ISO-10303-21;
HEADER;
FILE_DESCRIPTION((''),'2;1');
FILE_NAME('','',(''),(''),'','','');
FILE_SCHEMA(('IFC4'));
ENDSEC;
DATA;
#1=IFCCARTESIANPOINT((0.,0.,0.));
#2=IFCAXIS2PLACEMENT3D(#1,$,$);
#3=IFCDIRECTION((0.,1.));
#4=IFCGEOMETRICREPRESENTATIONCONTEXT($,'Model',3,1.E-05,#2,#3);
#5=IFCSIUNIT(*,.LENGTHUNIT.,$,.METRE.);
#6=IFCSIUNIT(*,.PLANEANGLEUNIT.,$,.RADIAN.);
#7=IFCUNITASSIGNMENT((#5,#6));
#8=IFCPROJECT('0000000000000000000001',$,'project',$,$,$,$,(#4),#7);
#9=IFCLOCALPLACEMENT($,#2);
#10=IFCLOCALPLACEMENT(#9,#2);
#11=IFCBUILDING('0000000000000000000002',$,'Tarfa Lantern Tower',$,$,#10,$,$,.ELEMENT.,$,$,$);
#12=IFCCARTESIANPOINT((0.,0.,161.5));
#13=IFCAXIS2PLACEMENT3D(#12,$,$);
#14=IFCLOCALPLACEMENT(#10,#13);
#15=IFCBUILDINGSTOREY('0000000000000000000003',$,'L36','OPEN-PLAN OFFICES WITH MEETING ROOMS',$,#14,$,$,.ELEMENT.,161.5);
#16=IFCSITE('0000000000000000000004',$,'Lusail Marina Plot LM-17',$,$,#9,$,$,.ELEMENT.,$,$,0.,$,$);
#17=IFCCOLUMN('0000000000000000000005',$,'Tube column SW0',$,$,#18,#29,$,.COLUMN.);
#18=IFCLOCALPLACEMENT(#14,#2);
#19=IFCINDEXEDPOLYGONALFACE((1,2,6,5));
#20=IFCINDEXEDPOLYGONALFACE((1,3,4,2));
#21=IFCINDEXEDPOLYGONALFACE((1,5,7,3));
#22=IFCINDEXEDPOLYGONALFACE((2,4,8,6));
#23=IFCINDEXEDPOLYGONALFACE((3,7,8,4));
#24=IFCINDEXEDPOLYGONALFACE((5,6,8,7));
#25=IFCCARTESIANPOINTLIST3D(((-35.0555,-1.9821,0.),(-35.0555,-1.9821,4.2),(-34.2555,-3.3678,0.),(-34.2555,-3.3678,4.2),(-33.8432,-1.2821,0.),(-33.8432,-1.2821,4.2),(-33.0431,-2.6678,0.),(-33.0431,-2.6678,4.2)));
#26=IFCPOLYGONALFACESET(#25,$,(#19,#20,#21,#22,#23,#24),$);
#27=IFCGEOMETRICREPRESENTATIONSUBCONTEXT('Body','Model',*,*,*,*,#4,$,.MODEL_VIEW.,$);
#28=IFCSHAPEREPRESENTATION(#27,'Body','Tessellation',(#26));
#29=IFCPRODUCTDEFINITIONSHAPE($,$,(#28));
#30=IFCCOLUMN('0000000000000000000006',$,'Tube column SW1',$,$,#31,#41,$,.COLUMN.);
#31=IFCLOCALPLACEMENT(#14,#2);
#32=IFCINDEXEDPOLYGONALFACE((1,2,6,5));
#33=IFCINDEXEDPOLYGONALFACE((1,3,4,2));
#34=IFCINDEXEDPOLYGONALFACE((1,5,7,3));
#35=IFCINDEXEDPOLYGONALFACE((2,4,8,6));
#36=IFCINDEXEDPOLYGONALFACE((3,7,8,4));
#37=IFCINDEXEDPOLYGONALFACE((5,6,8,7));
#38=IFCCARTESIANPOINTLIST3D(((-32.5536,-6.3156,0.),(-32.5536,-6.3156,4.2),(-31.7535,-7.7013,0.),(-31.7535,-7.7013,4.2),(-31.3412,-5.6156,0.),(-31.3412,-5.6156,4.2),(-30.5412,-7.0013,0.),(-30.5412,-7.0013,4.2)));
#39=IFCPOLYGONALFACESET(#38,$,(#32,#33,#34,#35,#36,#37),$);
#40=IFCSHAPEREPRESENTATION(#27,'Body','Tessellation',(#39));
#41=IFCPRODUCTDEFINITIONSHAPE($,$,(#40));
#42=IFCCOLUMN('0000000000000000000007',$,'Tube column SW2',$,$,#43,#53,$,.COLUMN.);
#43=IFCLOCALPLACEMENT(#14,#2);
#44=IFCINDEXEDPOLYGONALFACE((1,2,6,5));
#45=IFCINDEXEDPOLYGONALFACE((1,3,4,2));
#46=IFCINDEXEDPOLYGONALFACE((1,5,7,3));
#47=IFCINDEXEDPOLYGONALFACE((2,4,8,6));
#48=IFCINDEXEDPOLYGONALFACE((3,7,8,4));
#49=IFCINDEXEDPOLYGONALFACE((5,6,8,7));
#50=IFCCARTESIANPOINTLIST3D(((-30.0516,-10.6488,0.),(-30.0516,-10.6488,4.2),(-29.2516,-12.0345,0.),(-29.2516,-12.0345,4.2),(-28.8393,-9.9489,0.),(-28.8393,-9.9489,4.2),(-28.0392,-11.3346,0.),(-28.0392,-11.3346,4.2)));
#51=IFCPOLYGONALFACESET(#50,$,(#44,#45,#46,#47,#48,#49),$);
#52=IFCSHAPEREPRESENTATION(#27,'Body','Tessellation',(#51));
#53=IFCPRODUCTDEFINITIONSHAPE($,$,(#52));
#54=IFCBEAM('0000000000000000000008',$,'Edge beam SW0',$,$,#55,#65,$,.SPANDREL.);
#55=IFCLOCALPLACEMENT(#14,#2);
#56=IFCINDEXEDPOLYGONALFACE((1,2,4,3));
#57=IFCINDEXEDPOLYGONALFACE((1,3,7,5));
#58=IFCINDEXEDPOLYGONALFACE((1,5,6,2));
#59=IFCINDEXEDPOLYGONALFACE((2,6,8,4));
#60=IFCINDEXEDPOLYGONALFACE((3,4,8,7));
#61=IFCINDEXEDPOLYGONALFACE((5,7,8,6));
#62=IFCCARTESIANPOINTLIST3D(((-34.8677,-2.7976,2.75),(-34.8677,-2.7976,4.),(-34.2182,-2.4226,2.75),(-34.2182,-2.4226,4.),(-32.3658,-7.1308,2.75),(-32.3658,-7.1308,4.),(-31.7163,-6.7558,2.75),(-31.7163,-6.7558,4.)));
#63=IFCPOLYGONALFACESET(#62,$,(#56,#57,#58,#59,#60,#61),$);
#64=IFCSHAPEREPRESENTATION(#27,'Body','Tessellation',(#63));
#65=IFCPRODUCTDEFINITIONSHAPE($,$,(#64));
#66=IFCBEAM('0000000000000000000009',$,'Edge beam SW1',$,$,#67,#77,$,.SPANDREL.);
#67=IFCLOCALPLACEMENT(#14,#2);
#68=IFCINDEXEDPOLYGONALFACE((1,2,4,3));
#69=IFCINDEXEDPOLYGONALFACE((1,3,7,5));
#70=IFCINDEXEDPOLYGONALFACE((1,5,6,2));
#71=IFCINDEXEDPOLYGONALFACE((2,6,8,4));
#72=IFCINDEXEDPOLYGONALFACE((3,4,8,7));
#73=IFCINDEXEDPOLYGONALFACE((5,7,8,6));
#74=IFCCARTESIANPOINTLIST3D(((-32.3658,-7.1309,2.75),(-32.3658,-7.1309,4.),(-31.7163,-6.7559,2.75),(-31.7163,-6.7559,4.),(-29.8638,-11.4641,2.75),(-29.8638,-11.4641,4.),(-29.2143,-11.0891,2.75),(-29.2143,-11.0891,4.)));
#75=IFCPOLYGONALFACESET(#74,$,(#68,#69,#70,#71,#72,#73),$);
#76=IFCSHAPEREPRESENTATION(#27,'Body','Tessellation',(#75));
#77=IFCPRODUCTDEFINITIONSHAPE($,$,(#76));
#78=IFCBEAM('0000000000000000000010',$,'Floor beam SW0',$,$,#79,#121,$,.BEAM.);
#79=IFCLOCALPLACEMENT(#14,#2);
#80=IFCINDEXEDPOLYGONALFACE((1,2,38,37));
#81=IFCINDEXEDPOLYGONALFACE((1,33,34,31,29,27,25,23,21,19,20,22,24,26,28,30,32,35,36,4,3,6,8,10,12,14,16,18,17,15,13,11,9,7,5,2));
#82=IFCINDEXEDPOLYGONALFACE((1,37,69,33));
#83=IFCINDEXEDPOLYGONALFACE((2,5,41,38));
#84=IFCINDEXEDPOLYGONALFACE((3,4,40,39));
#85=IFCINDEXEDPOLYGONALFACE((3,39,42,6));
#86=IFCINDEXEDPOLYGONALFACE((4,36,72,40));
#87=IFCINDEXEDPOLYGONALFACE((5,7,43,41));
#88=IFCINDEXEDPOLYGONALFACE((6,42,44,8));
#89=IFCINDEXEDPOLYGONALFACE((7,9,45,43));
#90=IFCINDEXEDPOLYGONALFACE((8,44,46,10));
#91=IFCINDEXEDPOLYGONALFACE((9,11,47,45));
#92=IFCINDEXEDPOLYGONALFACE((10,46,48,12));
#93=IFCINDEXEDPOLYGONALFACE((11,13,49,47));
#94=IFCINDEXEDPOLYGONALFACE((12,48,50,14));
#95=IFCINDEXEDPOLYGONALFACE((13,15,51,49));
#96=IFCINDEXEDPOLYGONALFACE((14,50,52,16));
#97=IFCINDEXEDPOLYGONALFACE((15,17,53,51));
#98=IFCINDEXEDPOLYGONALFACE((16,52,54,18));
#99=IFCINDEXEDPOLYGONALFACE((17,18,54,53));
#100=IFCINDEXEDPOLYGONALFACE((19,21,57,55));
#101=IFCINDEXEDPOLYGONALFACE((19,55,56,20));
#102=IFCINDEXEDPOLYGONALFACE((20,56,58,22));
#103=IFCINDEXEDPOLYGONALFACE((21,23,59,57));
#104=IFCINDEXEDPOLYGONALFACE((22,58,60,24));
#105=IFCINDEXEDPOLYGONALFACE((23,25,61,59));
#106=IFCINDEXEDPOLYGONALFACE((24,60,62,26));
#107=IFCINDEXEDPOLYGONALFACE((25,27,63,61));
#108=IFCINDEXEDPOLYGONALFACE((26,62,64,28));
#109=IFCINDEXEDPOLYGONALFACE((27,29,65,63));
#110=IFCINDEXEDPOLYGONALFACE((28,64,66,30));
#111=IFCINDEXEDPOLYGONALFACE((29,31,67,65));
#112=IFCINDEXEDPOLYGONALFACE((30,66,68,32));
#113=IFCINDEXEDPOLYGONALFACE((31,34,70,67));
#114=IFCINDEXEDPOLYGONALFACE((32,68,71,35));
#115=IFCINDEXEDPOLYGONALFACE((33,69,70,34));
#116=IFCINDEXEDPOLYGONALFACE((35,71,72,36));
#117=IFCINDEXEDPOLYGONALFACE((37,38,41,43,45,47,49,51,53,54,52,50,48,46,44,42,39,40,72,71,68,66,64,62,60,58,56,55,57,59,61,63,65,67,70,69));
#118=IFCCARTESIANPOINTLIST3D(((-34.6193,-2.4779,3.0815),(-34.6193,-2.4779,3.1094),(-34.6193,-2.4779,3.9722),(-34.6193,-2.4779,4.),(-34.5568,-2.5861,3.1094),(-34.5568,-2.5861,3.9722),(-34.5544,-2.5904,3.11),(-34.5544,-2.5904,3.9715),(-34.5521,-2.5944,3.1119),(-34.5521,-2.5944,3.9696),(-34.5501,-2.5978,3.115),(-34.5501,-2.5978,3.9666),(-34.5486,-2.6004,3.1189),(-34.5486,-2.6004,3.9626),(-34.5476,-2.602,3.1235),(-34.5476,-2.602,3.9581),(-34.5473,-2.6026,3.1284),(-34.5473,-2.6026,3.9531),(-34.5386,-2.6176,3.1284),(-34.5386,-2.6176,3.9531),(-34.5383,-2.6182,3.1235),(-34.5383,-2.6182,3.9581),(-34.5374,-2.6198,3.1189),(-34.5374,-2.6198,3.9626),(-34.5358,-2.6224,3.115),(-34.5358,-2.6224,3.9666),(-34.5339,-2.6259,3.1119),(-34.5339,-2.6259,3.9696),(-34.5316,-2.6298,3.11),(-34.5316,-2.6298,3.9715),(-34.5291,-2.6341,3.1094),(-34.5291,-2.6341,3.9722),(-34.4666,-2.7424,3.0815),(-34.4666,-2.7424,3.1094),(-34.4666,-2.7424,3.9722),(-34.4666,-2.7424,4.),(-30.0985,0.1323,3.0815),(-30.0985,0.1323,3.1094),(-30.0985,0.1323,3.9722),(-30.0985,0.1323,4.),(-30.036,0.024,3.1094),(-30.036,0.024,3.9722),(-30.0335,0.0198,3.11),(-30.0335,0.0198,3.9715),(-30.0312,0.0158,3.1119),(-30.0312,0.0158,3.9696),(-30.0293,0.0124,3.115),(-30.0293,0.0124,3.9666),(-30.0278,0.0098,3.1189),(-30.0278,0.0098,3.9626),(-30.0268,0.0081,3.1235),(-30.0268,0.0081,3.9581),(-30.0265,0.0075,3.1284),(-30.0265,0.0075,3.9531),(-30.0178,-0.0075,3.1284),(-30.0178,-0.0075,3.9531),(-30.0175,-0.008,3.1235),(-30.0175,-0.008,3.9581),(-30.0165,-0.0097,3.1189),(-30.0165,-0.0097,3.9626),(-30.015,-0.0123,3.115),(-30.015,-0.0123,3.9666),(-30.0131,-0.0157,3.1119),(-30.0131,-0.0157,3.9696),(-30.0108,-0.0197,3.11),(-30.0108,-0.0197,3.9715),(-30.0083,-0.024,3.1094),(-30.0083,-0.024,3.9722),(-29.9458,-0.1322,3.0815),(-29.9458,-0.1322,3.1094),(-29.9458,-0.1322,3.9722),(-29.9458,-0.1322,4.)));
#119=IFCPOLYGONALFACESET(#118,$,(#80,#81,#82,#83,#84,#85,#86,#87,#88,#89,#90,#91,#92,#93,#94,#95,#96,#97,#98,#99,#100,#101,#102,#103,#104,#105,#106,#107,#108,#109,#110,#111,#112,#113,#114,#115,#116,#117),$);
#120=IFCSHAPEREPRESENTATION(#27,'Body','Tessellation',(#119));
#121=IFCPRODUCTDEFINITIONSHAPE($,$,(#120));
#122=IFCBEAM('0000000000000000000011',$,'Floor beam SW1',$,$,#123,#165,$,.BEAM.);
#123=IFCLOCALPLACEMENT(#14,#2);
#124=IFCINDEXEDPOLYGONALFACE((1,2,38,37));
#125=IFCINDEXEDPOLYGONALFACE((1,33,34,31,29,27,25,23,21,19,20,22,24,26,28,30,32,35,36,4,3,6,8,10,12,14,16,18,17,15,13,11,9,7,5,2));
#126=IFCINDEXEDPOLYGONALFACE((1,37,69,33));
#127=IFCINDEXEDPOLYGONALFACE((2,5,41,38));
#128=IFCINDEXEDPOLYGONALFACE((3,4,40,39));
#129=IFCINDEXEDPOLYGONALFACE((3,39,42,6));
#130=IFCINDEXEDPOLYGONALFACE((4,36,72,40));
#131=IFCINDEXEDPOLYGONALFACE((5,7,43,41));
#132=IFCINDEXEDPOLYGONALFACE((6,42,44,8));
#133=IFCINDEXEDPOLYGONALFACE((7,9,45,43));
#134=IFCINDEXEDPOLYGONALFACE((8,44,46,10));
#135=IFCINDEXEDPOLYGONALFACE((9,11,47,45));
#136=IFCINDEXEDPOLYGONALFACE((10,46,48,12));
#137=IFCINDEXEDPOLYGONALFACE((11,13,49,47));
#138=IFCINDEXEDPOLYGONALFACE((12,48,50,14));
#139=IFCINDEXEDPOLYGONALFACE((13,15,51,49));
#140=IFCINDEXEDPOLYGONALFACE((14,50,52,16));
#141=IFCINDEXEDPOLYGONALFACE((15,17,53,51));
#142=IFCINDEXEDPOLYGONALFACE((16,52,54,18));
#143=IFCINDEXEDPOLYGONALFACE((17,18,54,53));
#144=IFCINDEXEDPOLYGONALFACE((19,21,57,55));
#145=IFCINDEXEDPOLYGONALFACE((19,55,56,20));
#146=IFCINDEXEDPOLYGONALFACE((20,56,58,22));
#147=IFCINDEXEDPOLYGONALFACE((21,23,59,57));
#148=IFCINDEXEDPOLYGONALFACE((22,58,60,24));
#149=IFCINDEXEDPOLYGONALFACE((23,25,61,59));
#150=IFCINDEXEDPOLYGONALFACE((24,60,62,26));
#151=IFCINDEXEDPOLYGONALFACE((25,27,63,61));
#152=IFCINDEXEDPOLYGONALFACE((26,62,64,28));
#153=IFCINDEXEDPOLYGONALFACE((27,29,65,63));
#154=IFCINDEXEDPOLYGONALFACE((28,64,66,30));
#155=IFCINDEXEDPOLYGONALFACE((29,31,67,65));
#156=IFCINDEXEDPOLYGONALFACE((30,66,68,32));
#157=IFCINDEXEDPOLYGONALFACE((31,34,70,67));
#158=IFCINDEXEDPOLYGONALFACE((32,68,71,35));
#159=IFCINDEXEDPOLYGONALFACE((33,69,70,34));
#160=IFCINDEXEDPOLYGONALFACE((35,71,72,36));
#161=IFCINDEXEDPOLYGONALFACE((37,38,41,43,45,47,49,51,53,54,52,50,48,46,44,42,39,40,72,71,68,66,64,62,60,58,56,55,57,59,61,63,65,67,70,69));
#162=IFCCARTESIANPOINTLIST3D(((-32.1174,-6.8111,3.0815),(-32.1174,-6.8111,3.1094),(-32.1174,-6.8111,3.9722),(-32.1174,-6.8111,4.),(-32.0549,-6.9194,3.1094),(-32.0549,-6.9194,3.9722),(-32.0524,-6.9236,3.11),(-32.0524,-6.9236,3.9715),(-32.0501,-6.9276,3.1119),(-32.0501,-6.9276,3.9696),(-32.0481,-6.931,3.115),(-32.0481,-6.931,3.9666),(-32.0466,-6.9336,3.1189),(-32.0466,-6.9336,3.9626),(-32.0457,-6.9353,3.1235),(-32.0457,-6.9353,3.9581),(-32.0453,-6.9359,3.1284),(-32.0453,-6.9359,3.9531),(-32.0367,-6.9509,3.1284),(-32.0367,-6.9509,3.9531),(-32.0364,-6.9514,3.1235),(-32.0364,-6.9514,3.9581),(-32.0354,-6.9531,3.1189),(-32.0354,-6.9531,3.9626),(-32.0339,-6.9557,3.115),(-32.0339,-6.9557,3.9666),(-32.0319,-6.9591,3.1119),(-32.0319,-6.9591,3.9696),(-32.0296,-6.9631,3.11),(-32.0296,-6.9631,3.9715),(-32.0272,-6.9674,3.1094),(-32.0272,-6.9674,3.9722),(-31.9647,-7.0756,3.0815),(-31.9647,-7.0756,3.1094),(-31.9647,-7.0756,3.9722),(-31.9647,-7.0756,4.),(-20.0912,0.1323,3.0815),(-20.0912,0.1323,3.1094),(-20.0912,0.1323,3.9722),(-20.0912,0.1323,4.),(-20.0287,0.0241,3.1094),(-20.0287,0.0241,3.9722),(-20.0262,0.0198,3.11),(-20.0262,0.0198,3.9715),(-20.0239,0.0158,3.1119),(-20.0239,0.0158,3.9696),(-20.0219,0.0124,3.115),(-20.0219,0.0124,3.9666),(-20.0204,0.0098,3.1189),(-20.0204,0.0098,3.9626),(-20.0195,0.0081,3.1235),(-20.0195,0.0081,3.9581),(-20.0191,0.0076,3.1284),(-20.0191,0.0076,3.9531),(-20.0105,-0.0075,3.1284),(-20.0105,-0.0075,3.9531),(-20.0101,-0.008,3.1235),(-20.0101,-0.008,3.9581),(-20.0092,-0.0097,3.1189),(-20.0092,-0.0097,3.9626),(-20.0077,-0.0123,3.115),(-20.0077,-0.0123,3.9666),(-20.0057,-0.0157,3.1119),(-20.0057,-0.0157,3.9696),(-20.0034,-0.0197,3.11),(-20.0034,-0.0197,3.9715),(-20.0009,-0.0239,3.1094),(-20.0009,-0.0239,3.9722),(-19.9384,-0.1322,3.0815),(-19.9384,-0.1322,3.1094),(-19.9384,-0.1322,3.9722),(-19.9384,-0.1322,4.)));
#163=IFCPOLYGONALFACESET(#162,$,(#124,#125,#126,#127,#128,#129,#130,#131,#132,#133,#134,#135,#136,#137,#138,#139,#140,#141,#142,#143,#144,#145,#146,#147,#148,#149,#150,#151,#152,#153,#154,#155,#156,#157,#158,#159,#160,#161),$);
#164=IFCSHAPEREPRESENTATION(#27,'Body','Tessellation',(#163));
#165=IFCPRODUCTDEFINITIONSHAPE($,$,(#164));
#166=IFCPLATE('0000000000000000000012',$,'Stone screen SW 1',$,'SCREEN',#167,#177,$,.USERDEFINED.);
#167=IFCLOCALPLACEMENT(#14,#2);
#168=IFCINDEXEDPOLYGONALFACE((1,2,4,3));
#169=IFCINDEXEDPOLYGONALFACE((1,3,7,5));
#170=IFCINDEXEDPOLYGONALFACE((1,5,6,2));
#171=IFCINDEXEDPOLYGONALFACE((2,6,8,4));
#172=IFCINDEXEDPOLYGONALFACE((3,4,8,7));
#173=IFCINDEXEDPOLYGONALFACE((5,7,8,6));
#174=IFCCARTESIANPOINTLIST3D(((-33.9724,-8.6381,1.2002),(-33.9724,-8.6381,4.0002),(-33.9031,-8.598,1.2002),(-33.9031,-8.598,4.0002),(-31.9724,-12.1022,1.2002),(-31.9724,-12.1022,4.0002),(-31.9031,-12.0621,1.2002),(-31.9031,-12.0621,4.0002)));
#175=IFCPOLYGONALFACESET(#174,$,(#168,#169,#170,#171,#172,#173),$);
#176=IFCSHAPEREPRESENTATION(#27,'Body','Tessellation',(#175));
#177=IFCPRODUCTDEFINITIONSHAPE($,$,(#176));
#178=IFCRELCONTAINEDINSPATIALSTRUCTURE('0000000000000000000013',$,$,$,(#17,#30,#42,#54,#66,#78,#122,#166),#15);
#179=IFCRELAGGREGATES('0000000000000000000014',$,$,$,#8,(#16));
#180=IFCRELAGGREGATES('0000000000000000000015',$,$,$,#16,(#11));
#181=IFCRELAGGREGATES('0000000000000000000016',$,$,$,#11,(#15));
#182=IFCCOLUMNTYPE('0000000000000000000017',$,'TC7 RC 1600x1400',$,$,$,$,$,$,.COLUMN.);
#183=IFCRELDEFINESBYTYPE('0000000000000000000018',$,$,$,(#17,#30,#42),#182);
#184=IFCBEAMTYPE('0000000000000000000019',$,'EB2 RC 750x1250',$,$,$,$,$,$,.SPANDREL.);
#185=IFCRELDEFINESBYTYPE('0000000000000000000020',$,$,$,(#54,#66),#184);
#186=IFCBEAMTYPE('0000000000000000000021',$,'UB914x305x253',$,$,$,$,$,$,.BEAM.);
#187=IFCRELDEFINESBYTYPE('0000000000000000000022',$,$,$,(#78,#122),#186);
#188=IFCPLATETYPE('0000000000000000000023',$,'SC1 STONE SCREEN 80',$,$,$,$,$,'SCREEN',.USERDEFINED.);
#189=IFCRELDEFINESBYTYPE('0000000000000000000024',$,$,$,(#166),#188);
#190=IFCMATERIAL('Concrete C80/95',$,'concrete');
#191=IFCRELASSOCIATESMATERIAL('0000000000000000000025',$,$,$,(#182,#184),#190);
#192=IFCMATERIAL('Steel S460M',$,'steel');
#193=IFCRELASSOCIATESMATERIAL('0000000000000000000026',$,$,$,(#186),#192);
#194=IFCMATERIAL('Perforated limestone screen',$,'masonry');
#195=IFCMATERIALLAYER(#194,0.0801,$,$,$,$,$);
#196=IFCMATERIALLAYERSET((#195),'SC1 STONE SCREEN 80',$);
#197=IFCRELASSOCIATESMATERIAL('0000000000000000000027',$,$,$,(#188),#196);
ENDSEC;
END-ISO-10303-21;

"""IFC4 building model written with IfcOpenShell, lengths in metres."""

from ifc_helpers import new_model, si_unit, direction, frame, origin, origin_2d, place, context, subcontext, project, spatial, rectangle, i_section, extrude, material, layer, layer_set, material_profile, profile_set, type_object, element, save


model = new_model("IFC4")

# Units and contexts
model_context = context("Model", 3, precision=1e-05, world=origin(), true_north=direction((0.0, 1.0)))
body_context = subcontext(model_context, "Body", "Model", "MODEL_VIEW")
ifc_project = project(units=[si_unit("LENGTHUNIT", "METRE"), si_unit("PLANEANGLEUNIT", "RADIAN")], contexts=[model_context])

# Site, building, storey
site_placement = place(None, origin())
site = spatial("IfcSite", under=ifc_project, at=site_placement, Name="Lusail Marina Plot LM-17", CompositionType="ELEMENT", RefElevation=0.0)
building_placement = place(site_placement, origin())
building = spatial("IfcBuilding", under=site, at=building_placement, Name="Tarfa Lantern Tower", CompositionType="ELEMENT")
storey_placement = place(building_placement, frame((0.0, 0.0, 161.5)))
storey = spatial("IfcBuildingStorey", under=building, at=storey_placement, Name="L36", Description="OPEN-PLAN OFFICES WITH MEETING ROOMS", CompositionType="ELEMENT", Elevation=161.5)

# Columns
ifc_material_1 = material(Name="Concrete C80/95", Category="concrete")
ifc_material_profile_1 = material_profile(ifc_material_1, rectangle(XDim=1.6001, YDim=1.3999, at=origin_2d()), Name="RC 1600x1400")
ifc_profile_set_1 = profile_set([ifc_material_profile_1], Name="Concrete C80/95")
column_type = type_object("IfcColumnType", Name="TC7 RC 1600x1400", PredefinedType="COLUMN", material=ifc_profile_set_1)
for number, where, z_axis, x_axis, name in (
    (1, (-34.0493, -2.325, 0.0), (0.0, 0.0, 1.0), (0.5, -0.866025, 0.0), "Tube column SW0"),
    (2, (-31.5474, -6.6584, 0.0), (0.0, 0.0, 1.0), (0.5, -0.866025, 0.0), "Tube column SW1"),
    (3, (-29.0454, -10.9917, 0.0), (0.0, 0.0, 1.0), (0.5, -0.866025, 0.0), "Tube column SW2"),
):
    element("IfcColumn", number, at=place(storey_placement, frame(where, z_axis=z_axis, x_axis=x_axis)), inside=storey, type_object=column_type, Name=name, PredefinedType="COLUMN", context=body_context, shape_type="SweptSolid", body=[
        extrude(rectangle(XDim=1.6001, YDim=1.3999, at=origin_2d()), origin(), (0.0, 0.0, 1.0), 4.2),
    ])

# Beams
ifc_material_profile_2 = material_profile(ifc_material_1, rectangle(XDim=0.75, YDim=1.25, at=origin_2d()), Name="RC 750x1250")
ifc_profile_set_2 = profile_set([ifc_material_profile_2], Name="Concrete C80/95")
beam_type_1 = type_object("IfcBeamType", Name="EB2 RC 750x1250", PredefinedType="SPANDREL", material=ifc_profile_set_2)
for number, where, z_axis, x_axis, name in (
    (4, (-34.543, -2.6101, 3.375), (0.500022, -0.866013, 0.0), (0.866013, 0.500022, 0.0), "Edge beam SW0"),
    (5, (-32.041, -6.9434, 3.375), (0.500022, -0.866013, 0.0), (0.866013, 0.500022, 0.0), "Edge beam SW1"),
):
    element("IfcBeam", number, at=place(storey_placement, frame(where, z_axis=z_axis, x_axis=x_axis)), inside=storey, type_object=beam_type_1, Name=name, PredefinedType="SPANDREL", context=body_context, shape_type="SweptSolid", body=[
        extrude(rectangle(XDim=0.75, YDim=1.25, at=origin_2d()), origin(), (0.0, 0.0, 1.0), 5.0037),
    ])
ifc_material_2 = material(Name="Steel S460M", Category="steel")
ifc_material_profile_3 = material_profile(ifc_material_2, i_section(OverallWidth=0.3054, OverallDepth=0.9185, WebThickness=0.0173, FlangeThickness=0.0278, FilletRadius=0.019, at=origin_2d()), Name="UB914x305x253")
ifc_profile_set_3 = profile_set([ifc_material_profile_3], Name="Steel S460M")
beam_type_2 = type_object("IfcBeamType", Name="UB914x305x253", PredefinedType="BEAM", material=ifc_profile_set_3)
beam_1_placement = place(storey_placement, frame((-34.543, -2.6101, 3.5408), z_axis=(0.866021, 0.500007, 0.0), x_axis=(-0.500007, 0.866021, 0.0)))
element("IfcBeam", 6, at=beam_1_placement, inside=storey, type_object=beam_type_2, Name="Floor beam SW0", PredefinedType="BEAM", context=body_context, shape_type="SweptSolid", body=[
    extrude(i_section(OverallWidth=0.3054, OverallDepth=0.9185, WebThickness=0.0173, FlangeThickness=0.0278, FilletRadius=0.019, at=origin_2d()), origin(), (0.0, 0.0, 1.0), 5.2202),
])
beam_2_placement = place(storey_placement, frame((-32.041, -6.9434, 3.5408), z_axis=(0.866023, 0.500004, 0.0), x_axis=(-0.500004, 0.866023, 0.0)))
element("IfcBeam", 7, at=beam_2_placement, inside=storey, type_object=beam_type_2, Name="Floor beam SW1", PredefinedType="BEAM", context=body_context, shape_type="SweptSolid", body=[
    extrude(i_section(OverallWidth=0.3054, OverallDepth=0.9185, WebThickness=0.0173, FlangeThickness=0.0278, FilletRadius=0.019, at=origin_2d()), origin(), (0.0, 0.0, 1.0), 13.8867),
])

# Plate
ifc_material_3 = material(Name="Perforated limestone screen", Category="masonry")
ifc_layer_1 = layer(ifc_material_3, 0.0801)
ifc_layer_set_1 = layer_set([ifc_layer_1], Name="SC1 STONE SCREEN 80")
plate_type = type_object("IfcPlateType", Name="SC1 STONE SCREEN 80", ElementType="SCREEN", PredefinedType="USERDEFINED", material=ifc_layer_set_1)
plate_placement = place(storey_placement, frame((-32.9377, -10.3501, 1.2002), z_axis=(0.0, 0.0, 1.0), x_axis=(0.5, -0.866025, 0.0)))
element("IfcPlate", 8, at=plate_placement, inside=storey, type_object=plate_type, Name="Stone screen SW 1", ObjectType="SCREEN", PredefinedType="USERDEFINED", context=body_context, shape_type="SweptSolid", body=[
    extrude(rectangle(XDim=4.0, YDim=0.0801, at=origin_2d()), origin(), (0.0, 0.0, 1.0), 2.8),
])

save(model, "model.ifc")
